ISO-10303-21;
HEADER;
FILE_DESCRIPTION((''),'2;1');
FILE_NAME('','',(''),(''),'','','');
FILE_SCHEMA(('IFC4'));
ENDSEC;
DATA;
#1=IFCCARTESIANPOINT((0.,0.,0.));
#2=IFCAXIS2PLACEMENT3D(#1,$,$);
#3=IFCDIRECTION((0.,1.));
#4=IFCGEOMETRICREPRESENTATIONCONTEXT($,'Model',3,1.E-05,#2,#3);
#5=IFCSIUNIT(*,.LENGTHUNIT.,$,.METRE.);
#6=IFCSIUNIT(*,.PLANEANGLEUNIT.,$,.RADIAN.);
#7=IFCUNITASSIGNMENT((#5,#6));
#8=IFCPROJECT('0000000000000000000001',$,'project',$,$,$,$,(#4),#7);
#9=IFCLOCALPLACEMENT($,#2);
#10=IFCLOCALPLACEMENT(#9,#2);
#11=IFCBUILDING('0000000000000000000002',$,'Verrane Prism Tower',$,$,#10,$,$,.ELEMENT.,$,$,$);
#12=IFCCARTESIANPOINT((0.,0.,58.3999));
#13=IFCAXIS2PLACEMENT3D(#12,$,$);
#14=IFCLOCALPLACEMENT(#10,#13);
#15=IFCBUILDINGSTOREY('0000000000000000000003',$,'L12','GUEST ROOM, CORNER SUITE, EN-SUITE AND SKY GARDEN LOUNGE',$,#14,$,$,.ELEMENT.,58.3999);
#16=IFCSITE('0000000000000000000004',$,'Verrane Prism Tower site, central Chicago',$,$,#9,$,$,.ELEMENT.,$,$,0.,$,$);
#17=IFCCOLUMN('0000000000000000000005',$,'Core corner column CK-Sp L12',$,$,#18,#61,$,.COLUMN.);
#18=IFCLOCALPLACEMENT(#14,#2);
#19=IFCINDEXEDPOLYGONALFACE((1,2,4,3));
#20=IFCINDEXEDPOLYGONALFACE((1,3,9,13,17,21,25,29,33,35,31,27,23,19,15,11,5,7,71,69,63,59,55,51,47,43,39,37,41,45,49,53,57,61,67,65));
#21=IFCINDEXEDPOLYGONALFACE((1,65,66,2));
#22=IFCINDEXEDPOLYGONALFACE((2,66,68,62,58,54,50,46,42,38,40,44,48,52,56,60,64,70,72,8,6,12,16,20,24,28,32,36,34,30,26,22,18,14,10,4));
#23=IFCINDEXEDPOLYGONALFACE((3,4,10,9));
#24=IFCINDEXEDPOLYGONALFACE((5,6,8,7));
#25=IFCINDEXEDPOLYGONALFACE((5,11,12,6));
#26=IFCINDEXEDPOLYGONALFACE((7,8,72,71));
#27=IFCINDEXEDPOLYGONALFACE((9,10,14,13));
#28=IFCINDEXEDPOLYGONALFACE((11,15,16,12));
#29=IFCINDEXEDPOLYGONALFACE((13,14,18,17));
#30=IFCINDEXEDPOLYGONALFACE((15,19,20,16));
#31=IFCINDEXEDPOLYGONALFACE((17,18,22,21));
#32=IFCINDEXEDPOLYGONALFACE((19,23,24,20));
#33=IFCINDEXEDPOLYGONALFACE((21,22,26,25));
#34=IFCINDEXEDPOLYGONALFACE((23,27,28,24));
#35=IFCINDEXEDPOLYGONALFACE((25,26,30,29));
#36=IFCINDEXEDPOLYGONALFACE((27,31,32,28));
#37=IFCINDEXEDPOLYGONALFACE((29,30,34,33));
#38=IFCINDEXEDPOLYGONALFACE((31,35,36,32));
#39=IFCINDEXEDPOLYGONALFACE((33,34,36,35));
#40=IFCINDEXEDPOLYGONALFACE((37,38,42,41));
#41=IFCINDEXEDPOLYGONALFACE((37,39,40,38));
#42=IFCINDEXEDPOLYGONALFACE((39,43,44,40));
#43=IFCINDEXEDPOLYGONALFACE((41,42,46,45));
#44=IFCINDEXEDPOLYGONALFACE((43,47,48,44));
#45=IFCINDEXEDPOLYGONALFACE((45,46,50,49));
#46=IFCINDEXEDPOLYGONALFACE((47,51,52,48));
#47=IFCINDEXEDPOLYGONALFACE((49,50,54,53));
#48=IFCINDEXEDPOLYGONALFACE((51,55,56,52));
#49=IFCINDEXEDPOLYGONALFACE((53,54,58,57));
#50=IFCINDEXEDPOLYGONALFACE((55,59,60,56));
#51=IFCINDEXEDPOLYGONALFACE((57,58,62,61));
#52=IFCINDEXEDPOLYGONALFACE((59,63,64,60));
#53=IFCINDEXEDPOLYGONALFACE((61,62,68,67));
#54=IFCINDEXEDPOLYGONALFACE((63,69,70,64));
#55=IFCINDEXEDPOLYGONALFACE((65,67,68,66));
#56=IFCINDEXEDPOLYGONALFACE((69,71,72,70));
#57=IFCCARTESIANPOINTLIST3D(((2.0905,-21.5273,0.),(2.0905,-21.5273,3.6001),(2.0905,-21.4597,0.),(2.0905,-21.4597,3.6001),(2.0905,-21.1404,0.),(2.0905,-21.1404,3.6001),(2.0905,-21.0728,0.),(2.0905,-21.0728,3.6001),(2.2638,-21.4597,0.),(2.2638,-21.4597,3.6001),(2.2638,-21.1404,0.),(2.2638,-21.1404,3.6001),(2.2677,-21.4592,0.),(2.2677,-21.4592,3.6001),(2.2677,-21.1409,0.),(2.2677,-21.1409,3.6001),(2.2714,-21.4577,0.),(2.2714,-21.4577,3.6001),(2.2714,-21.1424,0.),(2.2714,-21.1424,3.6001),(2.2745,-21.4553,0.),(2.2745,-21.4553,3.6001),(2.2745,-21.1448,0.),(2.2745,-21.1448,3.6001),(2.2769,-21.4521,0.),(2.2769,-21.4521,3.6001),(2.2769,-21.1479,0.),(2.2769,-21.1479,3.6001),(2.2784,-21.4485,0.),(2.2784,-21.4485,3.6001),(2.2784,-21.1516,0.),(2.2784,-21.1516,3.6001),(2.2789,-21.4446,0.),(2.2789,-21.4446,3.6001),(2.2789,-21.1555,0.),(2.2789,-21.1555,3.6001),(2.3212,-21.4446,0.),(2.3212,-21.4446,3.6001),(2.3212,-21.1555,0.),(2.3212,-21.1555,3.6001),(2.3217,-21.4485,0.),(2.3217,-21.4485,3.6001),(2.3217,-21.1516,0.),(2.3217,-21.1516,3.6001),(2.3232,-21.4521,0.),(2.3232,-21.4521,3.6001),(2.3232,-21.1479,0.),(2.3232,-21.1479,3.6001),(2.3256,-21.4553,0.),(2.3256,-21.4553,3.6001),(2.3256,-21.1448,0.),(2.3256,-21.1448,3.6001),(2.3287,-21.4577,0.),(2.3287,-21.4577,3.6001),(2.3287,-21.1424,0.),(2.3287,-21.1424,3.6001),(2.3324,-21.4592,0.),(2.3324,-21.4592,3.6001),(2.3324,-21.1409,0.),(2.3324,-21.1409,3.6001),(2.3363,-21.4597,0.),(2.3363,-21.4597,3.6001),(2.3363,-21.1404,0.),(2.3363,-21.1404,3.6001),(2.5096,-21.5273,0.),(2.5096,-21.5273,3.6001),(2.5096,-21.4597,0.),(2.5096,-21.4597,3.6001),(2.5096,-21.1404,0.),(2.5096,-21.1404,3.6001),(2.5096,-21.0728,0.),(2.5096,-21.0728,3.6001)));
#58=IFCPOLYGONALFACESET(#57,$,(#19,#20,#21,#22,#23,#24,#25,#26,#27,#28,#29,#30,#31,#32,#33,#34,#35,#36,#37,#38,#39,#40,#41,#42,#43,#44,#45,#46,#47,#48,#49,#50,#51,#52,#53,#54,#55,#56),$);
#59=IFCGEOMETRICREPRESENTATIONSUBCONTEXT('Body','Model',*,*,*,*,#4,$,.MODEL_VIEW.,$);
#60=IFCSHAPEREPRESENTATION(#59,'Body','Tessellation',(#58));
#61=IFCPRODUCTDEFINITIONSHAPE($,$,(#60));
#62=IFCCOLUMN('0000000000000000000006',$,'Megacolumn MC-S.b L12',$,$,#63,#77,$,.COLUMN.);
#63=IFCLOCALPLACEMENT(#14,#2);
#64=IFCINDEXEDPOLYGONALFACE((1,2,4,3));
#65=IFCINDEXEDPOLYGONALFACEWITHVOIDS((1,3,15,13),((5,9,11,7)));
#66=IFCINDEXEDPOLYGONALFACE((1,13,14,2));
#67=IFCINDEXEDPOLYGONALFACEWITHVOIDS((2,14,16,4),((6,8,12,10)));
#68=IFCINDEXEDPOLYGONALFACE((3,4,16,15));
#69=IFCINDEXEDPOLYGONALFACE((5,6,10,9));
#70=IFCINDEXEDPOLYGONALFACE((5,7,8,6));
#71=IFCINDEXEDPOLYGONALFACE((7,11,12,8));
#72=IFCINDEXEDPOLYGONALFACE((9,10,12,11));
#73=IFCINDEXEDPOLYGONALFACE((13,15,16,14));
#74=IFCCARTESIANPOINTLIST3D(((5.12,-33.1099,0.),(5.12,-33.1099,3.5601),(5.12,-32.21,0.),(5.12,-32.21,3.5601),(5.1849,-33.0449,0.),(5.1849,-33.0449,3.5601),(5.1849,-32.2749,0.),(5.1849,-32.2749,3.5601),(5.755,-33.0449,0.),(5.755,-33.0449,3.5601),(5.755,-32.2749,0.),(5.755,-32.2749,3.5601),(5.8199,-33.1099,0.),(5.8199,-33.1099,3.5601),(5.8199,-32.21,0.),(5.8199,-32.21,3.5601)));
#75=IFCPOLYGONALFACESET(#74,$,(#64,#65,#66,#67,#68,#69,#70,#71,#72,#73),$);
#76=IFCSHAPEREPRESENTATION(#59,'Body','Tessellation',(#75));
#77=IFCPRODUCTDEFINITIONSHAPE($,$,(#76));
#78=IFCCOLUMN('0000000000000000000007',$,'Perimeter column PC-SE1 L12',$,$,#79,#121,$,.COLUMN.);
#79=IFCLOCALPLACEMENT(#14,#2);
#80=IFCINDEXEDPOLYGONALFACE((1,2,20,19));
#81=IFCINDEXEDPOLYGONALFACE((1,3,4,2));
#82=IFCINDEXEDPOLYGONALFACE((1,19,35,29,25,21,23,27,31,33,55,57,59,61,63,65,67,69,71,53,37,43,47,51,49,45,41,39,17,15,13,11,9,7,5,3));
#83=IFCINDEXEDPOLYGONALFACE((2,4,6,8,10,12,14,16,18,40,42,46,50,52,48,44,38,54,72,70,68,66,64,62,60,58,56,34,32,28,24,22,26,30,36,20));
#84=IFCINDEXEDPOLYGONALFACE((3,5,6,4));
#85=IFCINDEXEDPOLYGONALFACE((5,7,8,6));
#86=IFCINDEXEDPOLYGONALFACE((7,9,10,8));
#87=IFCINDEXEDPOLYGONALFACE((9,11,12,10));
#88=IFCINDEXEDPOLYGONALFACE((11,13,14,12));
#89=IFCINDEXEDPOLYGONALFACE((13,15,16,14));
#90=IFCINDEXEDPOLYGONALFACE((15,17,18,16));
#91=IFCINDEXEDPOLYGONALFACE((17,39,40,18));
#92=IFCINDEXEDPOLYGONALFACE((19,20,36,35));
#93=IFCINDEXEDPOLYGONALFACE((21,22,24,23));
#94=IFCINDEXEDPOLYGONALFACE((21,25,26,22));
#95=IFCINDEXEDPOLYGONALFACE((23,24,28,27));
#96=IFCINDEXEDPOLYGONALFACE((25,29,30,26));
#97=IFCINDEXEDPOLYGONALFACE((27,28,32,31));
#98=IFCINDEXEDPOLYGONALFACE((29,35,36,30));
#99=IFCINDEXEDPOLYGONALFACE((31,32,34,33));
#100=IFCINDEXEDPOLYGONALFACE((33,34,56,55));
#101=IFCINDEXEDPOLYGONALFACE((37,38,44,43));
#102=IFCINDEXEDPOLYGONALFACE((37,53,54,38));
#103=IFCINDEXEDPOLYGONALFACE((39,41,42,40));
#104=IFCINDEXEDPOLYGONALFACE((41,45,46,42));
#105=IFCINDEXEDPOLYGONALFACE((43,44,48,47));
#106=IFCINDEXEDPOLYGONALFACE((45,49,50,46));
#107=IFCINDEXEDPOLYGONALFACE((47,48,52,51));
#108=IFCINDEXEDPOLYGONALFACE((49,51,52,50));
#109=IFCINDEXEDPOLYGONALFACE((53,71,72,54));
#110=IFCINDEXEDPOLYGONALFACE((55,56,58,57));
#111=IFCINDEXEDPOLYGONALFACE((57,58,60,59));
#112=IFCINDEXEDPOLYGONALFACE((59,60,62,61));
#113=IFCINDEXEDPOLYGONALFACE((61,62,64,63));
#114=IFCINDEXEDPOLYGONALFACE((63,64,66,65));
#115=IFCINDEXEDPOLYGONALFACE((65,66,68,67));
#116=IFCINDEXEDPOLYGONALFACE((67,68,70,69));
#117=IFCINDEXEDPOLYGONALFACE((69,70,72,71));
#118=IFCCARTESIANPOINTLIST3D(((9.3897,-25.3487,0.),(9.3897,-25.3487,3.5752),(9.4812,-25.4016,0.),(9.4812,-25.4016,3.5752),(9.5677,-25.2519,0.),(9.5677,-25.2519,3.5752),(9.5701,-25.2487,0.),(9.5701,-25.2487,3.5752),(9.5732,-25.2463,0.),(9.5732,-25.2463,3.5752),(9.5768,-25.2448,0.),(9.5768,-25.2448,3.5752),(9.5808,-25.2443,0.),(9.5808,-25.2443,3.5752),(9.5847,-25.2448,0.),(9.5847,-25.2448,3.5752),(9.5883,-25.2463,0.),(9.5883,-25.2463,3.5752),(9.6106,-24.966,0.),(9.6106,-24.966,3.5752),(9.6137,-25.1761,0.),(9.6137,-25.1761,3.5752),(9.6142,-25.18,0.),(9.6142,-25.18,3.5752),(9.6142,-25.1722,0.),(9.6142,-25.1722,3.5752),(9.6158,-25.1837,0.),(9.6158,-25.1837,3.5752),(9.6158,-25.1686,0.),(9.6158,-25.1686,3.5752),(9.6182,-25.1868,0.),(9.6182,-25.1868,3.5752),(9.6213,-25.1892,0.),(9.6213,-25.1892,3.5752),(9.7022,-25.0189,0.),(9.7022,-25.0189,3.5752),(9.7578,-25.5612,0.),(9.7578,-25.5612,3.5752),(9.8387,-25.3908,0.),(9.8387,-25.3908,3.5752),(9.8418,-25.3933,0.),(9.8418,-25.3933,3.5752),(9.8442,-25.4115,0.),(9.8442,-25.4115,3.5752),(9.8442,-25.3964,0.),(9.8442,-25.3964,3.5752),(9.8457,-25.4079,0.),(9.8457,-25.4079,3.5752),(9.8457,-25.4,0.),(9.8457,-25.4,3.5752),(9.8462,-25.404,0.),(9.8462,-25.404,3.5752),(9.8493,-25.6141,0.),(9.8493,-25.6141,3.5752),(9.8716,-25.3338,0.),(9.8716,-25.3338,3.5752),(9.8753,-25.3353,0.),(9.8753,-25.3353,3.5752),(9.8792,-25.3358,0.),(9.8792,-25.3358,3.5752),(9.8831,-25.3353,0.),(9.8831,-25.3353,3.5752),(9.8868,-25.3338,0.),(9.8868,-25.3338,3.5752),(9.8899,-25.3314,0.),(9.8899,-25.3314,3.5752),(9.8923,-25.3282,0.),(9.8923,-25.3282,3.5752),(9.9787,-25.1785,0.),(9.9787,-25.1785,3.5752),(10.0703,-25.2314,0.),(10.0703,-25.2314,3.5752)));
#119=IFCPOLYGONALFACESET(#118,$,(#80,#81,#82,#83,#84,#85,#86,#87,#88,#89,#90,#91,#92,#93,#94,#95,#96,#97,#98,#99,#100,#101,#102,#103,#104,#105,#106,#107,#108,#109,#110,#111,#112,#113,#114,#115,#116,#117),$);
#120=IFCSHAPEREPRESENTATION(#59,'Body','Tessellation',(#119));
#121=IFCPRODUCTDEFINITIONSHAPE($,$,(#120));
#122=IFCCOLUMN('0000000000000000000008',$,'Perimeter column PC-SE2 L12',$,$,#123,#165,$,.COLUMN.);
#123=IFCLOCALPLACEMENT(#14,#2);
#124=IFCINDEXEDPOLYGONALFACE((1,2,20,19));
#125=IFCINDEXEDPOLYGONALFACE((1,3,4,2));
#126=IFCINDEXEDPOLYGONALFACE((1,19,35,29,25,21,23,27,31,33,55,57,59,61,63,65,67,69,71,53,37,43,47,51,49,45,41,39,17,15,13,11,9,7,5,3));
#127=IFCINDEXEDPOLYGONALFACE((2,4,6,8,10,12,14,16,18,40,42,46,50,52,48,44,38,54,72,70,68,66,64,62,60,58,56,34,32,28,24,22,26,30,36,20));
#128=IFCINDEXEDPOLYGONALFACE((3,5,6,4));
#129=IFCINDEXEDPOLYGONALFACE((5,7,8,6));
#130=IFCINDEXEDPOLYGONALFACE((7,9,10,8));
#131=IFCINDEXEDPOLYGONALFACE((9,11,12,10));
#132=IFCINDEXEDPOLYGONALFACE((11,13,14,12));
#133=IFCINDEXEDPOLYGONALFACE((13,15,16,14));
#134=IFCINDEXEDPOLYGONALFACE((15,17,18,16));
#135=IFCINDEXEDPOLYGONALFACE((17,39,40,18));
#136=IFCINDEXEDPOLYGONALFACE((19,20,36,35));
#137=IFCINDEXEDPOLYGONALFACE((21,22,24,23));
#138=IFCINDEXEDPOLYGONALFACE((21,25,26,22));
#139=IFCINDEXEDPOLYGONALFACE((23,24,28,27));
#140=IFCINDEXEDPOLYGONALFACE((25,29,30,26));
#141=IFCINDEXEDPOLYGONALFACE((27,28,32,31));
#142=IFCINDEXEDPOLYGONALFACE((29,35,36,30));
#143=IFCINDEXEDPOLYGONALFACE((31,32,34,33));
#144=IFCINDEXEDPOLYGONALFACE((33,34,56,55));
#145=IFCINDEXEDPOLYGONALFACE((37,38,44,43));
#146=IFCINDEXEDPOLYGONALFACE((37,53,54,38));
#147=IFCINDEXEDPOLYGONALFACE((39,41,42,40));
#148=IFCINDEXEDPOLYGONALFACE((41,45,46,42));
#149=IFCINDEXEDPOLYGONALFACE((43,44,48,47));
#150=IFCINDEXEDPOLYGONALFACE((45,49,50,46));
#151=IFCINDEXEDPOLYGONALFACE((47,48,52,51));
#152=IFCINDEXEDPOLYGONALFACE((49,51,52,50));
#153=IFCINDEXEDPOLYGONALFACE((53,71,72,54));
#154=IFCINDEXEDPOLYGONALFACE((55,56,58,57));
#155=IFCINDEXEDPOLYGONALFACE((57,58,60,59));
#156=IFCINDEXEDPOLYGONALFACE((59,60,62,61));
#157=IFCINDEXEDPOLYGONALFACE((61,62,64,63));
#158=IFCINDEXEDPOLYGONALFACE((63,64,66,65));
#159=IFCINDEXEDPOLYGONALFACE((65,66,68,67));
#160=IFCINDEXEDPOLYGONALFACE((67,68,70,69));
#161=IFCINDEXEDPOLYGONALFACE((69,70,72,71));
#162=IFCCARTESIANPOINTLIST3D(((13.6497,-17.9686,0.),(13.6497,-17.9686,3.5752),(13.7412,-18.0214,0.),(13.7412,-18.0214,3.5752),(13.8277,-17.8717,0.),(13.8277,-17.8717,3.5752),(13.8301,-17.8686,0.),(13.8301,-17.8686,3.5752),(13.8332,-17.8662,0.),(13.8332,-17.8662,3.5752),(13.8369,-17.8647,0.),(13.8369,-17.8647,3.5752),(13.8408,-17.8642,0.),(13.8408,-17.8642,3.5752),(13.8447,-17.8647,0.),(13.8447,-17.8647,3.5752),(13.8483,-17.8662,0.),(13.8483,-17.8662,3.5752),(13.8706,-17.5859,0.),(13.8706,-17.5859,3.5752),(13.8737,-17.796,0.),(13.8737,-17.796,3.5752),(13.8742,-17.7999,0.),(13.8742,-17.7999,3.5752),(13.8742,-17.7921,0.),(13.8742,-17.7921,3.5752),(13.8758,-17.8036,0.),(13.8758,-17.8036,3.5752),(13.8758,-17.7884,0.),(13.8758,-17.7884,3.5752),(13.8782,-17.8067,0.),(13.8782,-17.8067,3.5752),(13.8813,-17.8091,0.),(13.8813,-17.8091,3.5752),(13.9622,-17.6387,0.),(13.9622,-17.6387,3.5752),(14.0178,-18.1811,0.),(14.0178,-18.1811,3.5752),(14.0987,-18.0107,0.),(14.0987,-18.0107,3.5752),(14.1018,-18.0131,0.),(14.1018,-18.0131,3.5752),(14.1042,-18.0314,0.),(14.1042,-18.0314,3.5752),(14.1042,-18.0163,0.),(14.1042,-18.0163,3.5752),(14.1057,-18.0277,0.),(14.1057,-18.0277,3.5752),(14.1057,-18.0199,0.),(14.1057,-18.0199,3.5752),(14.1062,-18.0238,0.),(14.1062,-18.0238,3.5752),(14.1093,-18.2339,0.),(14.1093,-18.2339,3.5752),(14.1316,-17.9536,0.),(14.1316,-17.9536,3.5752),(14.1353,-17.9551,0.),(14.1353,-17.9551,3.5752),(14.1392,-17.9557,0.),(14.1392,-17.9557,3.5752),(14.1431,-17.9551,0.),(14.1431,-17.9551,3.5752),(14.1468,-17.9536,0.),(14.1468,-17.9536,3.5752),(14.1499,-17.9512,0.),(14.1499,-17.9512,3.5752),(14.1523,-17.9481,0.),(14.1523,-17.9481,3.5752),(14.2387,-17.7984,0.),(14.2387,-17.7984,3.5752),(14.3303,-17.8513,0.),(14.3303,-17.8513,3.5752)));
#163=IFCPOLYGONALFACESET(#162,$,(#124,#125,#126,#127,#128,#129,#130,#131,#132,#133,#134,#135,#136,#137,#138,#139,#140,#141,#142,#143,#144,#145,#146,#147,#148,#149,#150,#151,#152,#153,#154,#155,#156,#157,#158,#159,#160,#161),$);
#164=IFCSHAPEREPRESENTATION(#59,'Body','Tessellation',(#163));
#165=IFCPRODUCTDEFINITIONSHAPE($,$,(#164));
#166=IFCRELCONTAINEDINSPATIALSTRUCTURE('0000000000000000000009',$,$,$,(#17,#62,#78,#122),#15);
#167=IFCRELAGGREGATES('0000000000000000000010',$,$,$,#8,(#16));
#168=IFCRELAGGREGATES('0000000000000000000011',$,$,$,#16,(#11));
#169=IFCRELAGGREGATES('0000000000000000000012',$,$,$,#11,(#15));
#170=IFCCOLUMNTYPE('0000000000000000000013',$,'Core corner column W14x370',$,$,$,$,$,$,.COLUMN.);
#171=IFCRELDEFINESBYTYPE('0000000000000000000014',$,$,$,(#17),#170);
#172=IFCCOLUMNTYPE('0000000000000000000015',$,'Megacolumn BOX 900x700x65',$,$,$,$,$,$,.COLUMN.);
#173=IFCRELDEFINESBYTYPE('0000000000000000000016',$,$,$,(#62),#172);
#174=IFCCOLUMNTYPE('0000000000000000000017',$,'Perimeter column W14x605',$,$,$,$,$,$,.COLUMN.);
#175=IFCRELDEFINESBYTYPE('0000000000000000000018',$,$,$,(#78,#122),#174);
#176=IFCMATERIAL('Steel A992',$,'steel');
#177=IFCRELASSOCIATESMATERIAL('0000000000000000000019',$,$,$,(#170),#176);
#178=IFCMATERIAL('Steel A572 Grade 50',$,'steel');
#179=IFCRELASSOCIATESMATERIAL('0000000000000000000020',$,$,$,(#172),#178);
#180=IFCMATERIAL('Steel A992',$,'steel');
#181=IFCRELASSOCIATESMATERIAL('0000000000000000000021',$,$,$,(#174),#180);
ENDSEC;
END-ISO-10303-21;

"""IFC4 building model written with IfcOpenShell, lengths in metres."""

from ifc_helpers import new_model, si_unit, direction, frame, origin, origin_2d, place, context, subcontext, project, spatial, hollow_rectangle, i_section, extrude, material, material_profile, profile_set, type_object, element, save


model = new_model("IFC4")

# Units and contexts
model_context = context("Model", 3, precision=1e-05, world=origin(), true_north=direction((0.0, 1.0)))
body_context = subcontext(model_context, "Body", "Model", "MODEL_VIEW")
ifc_project = project(units=[si_unit("LENGTHUNIT", "METRE"), si_unit("PLANEANGLEUNIT", "RADIAN")], contexts=[model_context])

# Site, building, storey
site_placement = place(None, origin())
site = spatial("IfcSite", under=ifc_project, at=site_placement, Name="Verrane Prism Tower site, central Chicago", CompositionType="ELEMENT", RefElevation=0.0)
building_placement = place(site_placement, origin())
building = spatial("IfcBuilding", under=site, at=building_placement, Name="Verrane Prism Tower", CompositionType="ELEMENT")
storey_placement = place(building_placement, frame((0.0, 0.0, 58.3999)))
storey = spatial("IfcBuildingStorey", under=building, at=storey_placement, Name="L12", Description="GUEST ROOM, CORNER SUITE, EN-SUITE AND SKY GARDEN LOUNGE", CompositionType="ELEMENT", Elevation=58.3999)

# Columns
ifc_material_1 = material(Name="Steel A992", Category="steel")
ifc_material_profile_1 = material_profile(ifc_material_1, i_section(OverallWidth=0.4192, OverallDepth=0.4546, WebThickness=0.0422, FlangeThickness=0.0676, FilletRadius=0.0151, at=origin_2d()), Name="W14x370")
ifc_profile_set_1 = profile_set([ifc_material_profile_1], Name="Steel A992")
column_type_1 = type_object("IfcColumnType", Name="Core corner column W14x370", PredefinedType="COLUMN", material=ifc_profile_set_1)
column_1_placement = place(storey_placement, frame((2.3, -21.3, 0.0), z_axis=(0.0, 0.0, 1.0), x_axis=(-1.0, 0.0, 0.0)))
element("IfcColumn", 1, at=column_1_placement, inside=storey, type_object=column_type_1, Name="Core corner column CK-Sp L12", PredefinedType="COLUMN", context=body_context, shape_type="SweptSolid", body=[
    extrude(i_section(OverallWidth=0.4192, OverallDepth=0.4546, WebThickness=0.0422, FlangeThickness=0.0676, FilletRadius=0.0151, at=origin_2d()), origin(), (0.0, 0.0, 1.0), 3.6001),
])
ifc_material_2 = material(Name="Steel A572 Grade 50", Category="steel")
ifc_material_profile_2 = material_profile(ifc_material_2, hollow_rectangle(XDim=0.7, YDim=0.8999, WallThickness=0.0649, at=origin_2d()), Name="BOX 900x700x65")
ifc_profile_set_2 = profile_set([ifc_material_profile_2], Name="Steel A572 Grade 50")
column_type_2 = type_object("IfcColumnType", Name="Megacolumn BOX 900x700x65", PredefinedType="COLUMN", material=ifc_profile_set_2)
column_2_placement = place(storey_placement, frame((5.47, -32.6599, 0.0), z_axis=(0.0, 0.0, 1.0), x_axis=(-1.0, 0.0, 0.0)))
element("IfcColumn", 2, at=column_2_placement, inside=storey, type_object=column_type_2, Name="Megacolumn MC-S.b L12", PredefinedType="COLUMN", context=body_context, shape_type="SweptSolid", body=[
    extrude(hollow_rectangle(XDim=0.7, YDim=0.8999, WallThickness=0.0649, at=origin_2d()), origin(), (0.0, 0.0, 1.0), 3.5601),
])
ifc_material_3 = material(Name="Steel A992", Category="steel")
ifc_material_profile_3 = material_profile(ifc_material_3, i_section(OverallWidth=0.4419, OverallDepth=0.5308, WebThickness=0.0659, FlangeThickness=0.1057, FilletRadius=0.0151, at=origin_2d()), Name="W14x605")
ifc_profile_set_3 = profile_set([ifc_material_profile_3], Name="Steel A992")
column_type_3 = type_object("IfcColumnType", Name="Perimeter column W14x605", PredefinedType="COLUMN", material=ifc_profile_set_3)
for number, where, z_axis, x_axis, name in (
    (3, (9.73, -25.29, 0.0), (0.0, 0.0, 1.0), (-0.5, -0.866025, 0.0), "Perimeter column PC-SE1 L12"),
    (4, (13.99, -17.9099, 0.0), (0.0, 0.0, 1.0), (-0.5, -0.866025, 0.0), "Perimeter column PC-SE2 L12"),
):
    element("IfcColumn", number, at=place(storey_placement, frame(where, z_axis=z_axis, x_axis=x_axis)), inside=storey, type_object=column_type_3, Name=name, PredefinedType="COLUMN", context=body_context, shape_type="SweptSolid", body=[
        extrude(i_section(OverallWidth=0.4419, OverallDepth=0.5308, WebThickness=0.0659, FlangeThickness=0.1057, FilletRadius=0.0151, at=origin_2d()), origin(), (0.0, 0.0, 1.0), 3.5752),
    ])

save(model, "model.ifc")
